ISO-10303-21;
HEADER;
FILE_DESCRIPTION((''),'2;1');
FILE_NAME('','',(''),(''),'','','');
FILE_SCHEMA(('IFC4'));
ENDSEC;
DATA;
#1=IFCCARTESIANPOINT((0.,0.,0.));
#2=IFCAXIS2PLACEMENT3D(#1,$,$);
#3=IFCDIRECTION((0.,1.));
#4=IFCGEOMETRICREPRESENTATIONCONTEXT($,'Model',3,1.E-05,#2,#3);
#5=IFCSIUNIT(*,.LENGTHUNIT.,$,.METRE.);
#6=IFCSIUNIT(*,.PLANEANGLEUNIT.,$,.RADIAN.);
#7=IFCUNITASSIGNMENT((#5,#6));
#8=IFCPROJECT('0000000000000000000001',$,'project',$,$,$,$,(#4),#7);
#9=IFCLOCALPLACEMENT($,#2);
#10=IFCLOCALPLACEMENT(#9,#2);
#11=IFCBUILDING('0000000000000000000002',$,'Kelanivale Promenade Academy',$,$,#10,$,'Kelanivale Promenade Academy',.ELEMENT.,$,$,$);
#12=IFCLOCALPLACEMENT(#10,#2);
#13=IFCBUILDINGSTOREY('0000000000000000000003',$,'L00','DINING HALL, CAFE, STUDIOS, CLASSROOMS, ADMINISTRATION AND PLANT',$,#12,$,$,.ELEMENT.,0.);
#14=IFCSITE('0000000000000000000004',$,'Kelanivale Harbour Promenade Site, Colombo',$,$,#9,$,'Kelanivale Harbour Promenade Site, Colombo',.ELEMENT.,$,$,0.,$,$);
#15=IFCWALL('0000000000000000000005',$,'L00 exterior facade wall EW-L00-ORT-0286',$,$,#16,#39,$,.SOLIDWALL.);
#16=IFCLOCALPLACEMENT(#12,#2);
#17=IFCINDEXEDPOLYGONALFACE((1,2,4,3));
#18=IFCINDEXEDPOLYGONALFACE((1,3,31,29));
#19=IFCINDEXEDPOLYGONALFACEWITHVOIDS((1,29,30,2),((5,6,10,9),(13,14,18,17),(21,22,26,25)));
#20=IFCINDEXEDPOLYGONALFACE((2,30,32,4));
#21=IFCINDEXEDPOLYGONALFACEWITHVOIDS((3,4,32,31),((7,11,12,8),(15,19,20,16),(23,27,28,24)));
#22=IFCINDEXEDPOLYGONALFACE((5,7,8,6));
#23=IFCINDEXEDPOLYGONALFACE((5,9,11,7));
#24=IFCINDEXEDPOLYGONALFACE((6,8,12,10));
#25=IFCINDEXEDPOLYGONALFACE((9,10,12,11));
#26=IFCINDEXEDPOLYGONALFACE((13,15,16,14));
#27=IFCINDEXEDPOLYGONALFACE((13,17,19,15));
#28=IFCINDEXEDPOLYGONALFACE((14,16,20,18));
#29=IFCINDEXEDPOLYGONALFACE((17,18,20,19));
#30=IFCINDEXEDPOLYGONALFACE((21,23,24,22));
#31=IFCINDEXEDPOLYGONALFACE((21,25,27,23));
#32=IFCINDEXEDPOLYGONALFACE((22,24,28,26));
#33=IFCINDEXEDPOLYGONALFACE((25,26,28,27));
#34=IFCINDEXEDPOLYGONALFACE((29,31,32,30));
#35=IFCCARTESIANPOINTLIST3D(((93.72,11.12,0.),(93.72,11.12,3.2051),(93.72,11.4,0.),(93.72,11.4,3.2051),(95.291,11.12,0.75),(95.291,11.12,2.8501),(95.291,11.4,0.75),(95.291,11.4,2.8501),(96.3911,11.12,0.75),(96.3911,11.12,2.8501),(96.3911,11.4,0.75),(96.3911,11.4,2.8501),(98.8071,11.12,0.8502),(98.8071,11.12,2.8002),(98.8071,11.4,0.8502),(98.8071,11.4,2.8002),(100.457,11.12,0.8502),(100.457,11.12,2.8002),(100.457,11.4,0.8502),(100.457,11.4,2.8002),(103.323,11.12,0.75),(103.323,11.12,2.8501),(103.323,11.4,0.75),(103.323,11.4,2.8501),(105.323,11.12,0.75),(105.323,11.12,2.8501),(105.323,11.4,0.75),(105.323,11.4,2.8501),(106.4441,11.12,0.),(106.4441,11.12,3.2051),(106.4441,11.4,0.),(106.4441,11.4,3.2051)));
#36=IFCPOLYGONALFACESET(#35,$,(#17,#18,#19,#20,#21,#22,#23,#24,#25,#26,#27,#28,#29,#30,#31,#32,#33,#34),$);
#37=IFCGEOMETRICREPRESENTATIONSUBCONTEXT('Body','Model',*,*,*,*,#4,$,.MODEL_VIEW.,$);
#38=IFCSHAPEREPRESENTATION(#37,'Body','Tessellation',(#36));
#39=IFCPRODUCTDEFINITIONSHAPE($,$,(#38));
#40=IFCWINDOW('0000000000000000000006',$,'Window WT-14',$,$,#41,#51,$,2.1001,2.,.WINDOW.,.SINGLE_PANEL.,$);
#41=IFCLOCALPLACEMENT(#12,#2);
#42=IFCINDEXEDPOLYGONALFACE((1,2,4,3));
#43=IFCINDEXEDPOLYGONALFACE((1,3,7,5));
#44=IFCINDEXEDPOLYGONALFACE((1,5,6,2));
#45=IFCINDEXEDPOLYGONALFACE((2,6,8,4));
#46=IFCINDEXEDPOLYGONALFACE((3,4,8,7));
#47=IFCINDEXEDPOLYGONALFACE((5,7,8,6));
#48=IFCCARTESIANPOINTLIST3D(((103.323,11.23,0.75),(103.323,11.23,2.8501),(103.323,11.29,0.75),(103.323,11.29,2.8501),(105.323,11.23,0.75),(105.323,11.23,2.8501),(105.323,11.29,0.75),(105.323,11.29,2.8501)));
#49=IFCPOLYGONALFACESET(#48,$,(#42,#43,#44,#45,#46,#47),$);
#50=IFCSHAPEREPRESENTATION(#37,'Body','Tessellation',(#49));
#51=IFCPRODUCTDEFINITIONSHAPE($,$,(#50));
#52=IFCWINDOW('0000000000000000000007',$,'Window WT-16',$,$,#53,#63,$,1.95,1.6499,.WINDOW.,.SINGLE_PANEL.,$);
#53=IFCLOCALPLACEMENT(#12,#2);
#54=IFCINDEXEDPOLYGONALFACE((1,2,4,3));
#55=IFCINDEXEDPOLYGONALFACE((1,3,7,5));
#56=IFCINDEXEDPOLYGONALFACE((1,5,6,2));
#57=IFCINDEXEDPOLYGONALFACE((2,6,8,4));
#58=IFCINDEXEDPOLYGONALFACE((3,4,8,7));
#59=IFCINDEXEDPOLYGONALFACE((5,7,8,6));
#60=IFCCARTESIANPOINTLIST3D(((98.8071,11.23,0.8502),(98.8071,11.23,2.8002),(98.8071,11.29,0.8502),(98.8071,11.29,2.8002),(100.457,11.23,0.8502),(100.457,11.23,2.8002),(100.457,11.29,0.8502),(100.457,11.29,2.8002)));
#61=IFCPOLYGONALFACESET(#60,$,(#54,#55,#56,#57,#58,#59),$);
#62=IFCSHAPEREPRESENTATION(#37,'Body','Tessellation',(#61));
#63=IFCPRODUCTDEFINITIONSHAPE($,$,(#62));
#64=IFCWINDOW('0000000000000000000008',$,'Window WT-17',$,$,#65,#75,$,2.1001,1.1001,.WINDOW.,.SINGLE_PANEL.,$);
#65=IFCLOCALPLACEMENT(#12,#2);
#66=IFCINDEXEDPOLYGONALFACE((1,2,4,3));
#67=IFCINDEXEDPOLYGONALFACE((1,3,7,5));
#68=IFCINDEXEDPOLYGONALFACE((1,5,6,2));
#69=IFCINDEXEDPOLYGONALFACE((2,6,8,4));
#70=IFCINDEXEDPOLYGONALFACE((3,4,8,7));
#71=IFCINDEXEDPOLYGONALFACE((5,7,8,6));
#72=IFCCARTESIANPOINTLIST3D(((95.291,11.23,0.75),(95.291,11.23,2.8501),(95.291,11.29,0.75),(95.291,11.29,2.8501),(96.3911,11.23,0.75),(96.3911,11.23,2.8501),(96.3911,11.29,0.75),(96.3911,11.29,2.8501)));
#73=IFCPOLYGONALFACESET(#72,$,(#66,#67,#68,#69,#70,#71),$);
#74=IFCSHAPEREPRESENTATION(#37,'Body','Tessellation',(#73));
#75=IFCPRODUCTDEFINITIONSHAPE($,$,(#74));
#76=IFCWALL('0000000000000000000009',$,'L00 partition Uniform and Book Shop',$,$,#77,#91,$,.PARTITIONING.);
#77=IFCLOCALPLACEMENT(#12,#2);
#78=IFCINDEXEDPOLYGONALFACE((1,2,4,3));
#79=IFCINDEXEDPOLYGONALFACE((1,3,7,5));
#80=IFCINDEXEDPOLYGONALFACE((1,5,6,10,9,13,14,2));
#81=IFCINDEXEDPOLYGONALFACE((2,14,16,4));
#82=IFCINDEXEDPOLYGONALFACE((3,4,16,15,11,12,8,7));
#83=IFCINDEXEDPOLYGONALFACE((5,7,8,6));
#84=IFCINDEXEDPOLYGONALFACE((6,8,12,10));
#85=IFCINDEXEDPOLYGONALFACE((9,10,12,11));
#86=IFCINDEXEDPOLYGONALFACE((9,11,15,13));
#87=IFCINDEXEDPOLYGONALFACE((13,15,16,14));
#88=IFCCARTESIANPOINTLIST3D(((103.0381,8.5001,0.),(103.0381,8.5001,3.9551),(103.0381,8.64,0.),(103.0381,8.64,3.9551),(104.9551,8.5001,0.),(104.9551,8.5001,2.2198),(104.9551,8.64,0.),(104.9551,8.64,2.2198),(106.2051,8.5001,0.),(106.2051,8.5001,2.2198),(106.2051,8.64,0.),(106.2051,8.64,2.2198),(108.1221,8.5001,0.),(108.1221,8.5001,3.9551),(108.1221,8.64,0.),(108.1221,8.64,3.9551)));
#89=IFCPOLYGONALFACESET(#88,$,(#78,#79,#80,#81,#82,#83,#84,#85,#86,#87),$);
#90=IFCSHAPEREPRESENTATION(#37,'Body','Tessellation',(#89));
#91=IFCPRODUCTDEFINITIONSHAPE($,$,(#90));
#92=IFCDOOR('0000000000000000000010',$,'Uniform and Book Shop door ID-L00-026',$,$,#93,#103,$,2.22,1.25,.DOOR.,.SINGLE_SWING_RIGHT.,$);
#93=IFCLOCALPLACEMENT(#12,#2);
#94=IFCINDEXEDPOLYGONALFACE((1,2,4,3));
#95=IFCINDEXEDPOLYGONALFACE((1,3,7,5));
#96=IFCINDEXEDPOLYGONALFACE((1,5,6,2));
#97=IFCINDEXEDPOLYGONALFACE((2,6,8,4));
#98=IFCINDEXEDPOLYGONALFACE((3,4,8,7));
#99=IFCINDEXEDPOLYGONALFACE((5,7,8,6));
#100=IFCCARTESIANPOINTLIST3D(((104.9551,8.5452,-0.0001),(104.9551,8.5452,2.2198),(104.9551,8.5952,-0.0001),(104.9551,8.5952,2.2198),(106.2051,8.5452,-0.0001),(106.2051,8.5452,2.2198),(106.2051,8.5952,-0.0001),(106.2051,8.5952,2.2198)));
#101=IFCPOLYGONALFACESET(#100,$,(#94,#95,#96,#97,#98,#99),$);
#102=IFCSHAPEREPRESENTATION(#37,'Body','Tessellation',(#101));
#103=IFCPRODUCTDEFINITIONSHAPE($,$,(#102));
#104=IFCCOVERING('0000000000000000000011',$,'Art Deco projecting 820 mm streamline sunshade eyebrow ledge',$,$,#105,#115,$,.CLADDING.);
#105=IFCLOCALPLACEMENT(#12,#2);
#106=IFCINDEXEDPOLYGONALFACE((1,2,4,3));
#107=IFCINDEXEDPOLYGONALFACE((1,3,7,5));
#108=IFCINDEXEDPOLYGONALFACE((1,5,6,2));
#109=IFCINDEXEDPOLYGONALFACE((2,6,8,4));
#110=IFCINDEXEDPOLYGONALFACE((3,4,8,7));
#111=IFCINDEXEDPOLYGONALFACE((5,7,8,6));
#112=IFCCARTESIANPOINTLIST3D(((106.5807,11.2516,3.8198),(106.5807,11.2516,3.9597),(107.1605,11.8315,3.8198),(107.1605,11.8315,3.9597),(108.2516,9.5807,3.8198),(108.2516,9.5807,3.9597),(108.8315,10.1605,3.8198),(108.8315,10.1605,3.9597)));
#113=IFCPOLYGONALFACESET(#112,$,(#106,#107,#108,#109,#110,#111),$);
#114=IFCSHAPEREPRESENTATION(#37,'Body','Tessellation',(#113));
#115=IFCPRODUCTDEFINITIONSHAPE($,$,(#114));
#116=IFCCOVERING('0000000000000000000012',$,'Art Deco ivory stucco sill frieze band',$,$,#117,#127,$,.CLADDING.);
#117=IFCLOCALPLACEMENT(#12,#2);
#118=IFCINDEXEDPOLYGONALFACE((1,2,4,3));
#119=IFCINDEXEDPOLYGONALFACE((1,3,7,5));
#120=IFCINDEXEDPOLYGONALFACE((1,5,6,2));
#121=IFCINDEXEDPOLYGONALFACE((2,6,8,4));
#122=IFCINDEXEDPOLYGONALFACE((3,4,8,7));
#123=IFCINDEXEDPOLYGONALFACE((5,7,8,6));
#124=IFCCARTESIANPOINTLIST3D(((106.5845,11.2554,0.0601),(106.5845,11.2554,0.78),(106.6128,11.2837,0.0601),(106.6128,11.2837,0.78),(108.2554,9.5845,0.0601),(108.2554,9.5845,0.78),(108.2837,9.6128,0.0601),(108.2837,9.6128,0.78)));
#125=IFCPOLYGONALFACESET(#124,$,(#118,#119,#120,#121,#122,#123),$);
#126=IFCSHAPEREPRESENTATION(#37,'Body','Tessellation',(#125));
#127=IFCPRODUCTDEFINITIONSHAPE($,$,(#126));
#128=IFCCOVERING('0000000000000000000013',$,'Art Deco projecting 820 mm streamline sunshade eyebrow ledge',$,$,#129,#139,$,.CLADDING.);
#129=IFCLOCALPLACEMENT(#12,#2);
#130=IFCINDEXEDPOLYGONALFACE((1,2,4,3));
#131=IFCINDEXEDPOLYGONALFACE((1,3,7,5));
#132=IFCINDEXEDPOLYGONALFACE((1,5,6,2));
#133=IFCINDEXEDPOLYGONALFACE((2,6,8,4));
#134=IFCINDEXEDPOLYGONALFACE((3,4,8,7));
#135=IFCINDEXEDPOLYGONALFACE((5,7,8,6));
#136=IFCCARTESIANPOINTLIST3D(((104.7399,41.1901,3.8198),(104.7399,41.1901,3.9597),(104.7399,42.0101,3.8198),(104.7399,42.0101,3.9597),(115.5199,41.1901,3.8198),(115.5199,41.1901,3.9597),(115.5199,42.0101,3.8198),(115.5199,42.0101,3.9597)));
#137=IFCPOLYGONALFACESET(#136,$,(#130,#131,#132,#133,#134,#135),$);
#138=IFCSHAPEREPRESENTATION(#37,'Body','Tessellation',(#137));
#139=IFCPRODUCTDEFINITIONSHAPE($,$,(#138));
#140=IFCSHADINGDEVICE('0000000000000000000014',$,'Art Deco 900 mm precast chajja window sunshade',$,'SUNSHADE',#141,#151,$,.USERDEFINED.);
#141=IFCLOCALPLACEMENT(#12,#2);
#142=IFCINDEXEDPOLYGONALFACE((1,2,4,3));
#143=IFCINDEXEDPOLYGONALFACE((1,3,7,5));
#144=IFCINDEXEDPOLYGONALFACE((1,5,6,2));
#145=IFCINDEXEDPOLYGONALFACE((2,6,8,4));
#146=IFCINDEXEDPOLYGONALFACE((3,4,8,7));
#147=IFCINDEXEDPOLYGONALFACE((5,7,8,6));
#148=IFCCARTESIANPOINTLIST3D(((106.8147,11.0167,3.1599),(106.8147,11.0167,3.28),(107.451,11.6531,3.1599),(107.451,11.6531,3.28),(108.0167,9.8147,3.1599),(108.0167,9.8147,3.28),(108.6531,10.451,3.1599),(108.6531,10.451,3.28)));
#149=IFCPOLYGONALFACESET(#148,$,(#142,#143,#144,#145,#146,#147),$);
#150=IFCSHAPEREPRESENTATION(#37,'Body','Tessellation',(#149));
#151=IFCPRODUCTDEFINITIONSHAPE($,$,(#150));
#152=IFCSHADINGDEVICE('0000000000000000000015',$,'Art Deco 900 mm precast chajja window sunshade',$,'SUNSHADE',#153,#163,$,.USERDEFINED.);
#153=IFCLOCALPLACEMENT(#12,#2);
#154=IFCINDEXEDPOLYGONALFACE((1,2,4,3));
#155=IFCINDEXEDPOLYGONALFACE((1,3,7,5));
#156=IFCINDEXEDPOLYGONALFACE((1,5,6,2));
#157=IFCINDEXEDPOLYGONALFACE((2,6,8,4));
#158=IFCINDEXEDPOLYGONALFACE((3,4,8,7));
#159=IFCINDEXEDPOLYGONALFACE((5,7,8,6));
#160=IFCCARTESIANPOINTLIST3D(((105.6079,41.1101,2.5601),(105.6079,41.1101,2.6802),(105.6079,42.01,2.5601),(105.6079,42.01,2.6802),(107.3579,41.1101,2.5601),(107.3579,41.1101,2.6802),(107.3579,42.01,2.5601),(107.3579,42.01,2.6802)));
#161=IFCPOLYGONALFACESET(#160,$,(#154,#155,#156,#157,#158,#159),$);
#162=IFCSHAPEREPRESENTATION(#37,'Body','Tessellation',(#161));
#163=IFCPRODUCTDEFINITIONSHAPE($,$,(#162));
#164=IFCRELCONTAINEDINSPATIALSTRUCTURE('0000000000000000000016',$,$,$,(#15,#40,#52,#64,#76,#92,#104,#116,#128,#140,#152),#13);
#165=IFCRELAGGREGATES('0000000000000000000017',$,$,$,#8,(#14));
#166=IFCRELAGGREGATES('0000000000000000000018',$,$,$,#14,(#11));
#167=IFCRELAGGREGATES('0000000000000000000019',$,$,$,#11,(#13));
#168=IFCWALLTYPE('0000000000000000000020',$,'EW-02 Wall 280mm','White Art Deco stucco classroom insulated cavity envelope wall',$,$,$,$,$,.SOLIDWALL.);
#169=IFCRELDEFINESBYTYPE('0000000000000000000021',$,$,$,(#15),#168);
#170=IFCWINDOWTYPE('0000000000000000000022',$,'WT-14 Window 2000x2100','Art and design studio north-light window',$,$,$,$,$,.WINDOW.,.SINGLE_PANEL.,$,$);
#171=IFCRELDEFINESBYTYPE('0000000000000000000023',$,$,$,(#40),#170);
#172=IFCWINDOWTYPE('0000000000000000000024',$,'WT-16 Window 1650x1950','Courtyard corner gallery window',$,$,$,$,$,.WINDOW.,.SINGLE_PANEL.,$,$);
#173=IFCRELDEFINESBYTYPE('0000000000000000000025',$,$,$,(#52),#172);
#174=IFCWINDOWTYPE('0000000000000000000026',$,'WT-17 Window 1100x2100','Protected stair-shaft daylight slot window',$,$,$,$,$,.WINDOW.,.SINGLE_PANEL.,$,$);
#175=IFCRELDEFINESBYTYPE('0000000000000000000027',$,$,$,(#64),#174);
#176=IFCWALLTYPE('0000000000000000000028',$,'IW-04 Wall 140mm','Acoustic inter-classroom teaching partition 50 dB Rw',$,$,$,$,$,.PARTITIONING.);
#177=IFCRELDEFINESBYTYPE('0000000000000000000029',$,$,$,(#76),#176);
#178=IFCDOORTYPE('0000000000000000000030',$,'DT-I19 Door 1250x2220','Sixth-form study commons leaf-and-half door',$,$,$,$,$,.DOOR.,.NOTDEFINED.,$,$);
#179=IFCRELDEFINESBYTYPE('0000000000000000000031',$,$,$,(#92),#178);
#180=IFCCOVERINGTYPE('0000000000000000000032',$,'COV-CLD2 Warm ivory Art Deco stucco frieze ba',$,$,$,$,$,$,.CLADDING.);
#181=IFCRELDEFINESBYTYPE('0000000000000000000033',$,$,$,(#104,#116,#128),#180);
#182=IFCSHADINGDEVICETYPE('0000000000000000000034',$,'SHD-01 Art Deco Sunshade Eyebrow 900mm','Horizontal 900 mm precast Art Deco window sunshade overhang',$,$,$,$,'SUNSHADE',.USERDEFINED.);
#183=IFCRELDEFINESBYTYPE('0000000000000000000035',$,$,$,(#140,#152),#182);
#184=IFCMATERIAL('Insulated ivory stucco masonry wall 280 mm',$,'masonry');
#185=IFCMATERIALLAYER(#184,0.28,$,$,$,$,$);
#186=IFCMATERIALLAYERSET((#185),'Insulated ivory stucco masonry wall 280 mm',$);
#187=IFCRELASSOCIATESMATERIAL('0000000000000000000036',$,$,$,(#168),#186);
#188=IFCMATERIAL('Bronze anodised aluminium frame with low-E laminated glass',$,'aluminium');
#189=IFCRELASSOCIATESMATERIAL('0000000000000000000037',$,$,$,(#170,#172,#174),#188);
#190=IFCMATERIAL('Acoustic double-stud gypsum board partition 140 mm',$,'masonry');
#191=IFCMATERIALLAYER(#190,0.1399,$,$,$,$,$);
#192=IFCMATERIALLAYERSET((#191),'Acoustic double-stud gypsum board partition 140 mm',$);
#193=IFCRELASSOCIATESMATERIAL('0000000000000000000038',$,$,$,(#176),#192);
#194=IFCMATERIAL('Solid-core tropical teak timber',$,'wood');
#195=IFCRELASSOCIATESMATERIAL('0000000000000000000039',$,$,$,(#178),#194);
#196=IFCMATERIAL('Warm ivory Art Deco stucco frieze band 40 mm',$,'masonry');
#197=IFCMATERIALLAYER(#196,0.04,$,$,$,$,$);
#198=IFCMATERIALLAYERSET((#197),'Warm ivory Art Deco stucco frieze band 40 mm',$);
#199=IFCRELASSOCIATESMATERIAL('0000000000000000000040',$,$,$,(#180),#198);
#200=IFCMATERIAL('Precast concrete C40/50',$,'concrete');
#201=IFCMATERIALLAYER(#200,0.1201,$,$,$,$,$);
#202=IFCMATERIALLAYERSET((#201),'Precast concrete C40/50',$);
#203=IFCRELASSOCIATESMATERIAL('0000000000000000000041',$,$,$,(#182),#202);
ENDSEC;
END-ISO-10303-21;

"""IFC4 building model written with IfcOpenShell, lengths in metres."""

from ifc_helpers import new_model, si_unit, direction, frame, frame_2d, origin, origin_2d, place, context, subcontext, project, spatial, rectangle, extrude, material, layer, layer_set, type_object, element, fill, save


model = new_model("IFC4")

# Units and contexts
model_context = context("Model", 3, precision=1e-05, world=origin(), true_north=direction((0.0, 1.0)))
body_context = subcontext(model_context, "Body", "Model", "MODEL_VIEW")
ifc_project = project(units=[si_unit("LENGTHUNIT", "METRE"), si_unit("PLANEANGLEUNIT", "RADIAN")], contexts=[model_context])

# Site, building, storey
site_placement = place(None, origin())
site = spatial("IfcSite", under=ifc_project, at=site_placement, Name="Kelanivale Harbour Promenade Site, Colombo", LongName="Kelanivale Harbour Promenade Site, Colombo", CompositionType="ELEMENT", RefElevation=0.0)
building_placement = place(site_placement, origin())
building = spatial("IfcBuilding", under=site, at=building_placement, Name="Kelanivale Promenade Academy", LongName="Kelanivale Promenade Academy", CompositionType="ELEMENT")
storey_placement = place(building_placement, origin())
storey = spatial("IfcBuildingStorey", under=building, at=storey_placement, Name="L00", Description="DINING HALL, CAFE, STUDIOS, CLASSROOMS, ADMINISTRATION AND PLANT", CompositionType="ELEMENT", Elevation=0.0)

# Shared definitions
ifc_material_1 = material(Name="Insulated ivory stucco masonry wall 280 mm", Category="masonry")
ifc_layer_1 = layer(ifc_material_1, 0.28)
ifc_layer_set_1 = layer_set([ifc_layer_1], Name="Insulated ivory stucco masonry wall 280 mm")
wall_type_1 = type_object("IfcWallType", Name="EW-02 Wall 280mm", Description="White Art Deco stucco classroom insulated cavity envelope wall", PredefinedType="SOLIDWALL", material=ifc_layer_set_1)
ifc_material_2 = material(Name="Bronze anodised aluminium frame with low-E laminated glass", Category="aluminium")

# Wall, openings, windows
wall_1_placement = place(storey_placement, frame((106.4441, 11.26, 0.0), z_axis=(0.0, 0.0, 1.0), x_axis=(-1.0, 0.0, 0.0)))
wall_1 = element("IfcWall", 1, at=wall_1_placement, inside=storey, type_object=wall_type_1, Name="L00 exterior facade wall EW-L00-ORT-0286", PredefinedType="SOLIDWALL", context=body_context, shape_type="SweptSolid", body=[
    extrude(rectangle(XDim=12.7241, YDim=0.28, at=frame_2d((6.3621, 0.0))), origin(), (0.0, 0.0, 1.0), 3.2051),
])
opening_1_placement = place(wall_1_placement, frame((1.1211, 0.0, 0.75)))
opening_1 = element("IfcOpeningElement", 2, at=opening_1_placement, cuts=wall_1, PredefinedType="OPENING", context=body_context, shape_type="SweptSolid", body=[
    extrude(rectangle(XDim=2.0, YDim=2.1001, at=frame_2d((1.0, 1.05))), frame((0.0, 0.1499, 0.0), z_axis=(0.0, -1.0, 0.0), x_axis=(1.0, 0.0, 0.0)), (0.0, 0.0, 1.0), 0.3),
])
opening_2_placement = place(wall_1_placement, frame((5.9871, 0.0, 0.8501)))
opening_2 = element("IfcOpeningElement", 3, at=opening_2_placement, cuts=wall_1, PredefinedType="OPENING", context=body_context, shape_type="SweptSolid", body=[
    extrude(rectangle(XDim=1.6499, YDim=1.95, at=frame_2d((0.825, 0.9751))), frame((0.0, 0.1499, 0.0), z_axis=(0.0, -1.0, 0.0), x_axis=(1.0, 0.0, 0.0)), (0.0, 0.0, 1.0), 0.3),
])
opening_3_placement = place(wall_1_placement, frame((10.053, 0.0, 0.75)))
opening_3 = element("IfcOpeningElement", 4, at=opening_3_placement, cuts=wall_1, PredefinedType="OPENING", context=body_context, shape_type="SweptSolid", body=[
    extrude(rectangle(XDim=1.1001, YDim=2.1001, at=frame_2d((0.55, 1.05))), frame((0.0, 0.1499, 0.0), z_axis=(0.0, -1.0, 0.0), x_axis=(1.0, 0.0, 0.0)), (0.0, 0.0, 1.0), 0.3),
])
window_type_1 = type_object("IfcWindowType", Name="WT-14 Window 2000x2100", Description="Art and design studio north-light window", PartitioningType="SINGLE_PANEL", PredefinedType="WINDOW", material=ifc_material_2)
window_1_placement = place(opening_1_placement, origin())
window_1 = element("IfcWindow", 5, at=window_1_placement, inside=storey, type_object=window_type_1, Name="Window WT-14", OverallHeight=2.1001, OverallWidth=2.0, PartitioningType="SINGLE_PANEL", PredefinedType="WINDOW", context=body_context, shape_type="SweptSolid", body=[
    extrude(rectangle(XDim=2.0, YDim=2.1001, at=frame_2d((1.0, 1.05))), frame((0.0, 0.03, 0.0), z_axis=(0.0, -1.0, 0.0), x_axis=(1.0, 0.0, 0.0)), (0.0, 0.0, 1.0), 0.0601),
])
fill(opening_1, window_1)
window_type_2 = type_object("IfcWindowType", Name="WT-16 Window 1650x1950", Description="Courtyard corner gallery window", PartitioningType="SINGLE_PANEL", PredefinedType="WINDOW", material=ifc_material_2)
window_2_placement = place(opening_2_placement, origin())
window_2 = element("IfcWindow", 6, at=window_2_placement, inside=storey, type_object=window_type_2, Name="Window WT-16", OverallHeight=1.95, OverallWidth=1.6499, PartitioningType="SINGLE_PANEL", PredefinedType="WINDOW", context=body_context, shape_type="SweptSolid", body=[
    extrude(rectangle(XDim=1.6499, YDim=1.95, at=frame_2d((0.825, 0.9751))), frame((0.0, 0.03, 0.0), z_axis=(0.0, -1.0, 0.0), x_axis=(1.0, 0.0, 0.0)), (0.0, 0.0, 1.0), 0.0601),
])
fill(opening_2, window_2)
window_type_3 = type_object("IfcWindowType", Name="WT-17 Window 1100x2100", Description="Protected stair-shaft daylight slot window", PartitioningType="SINGLE_PANEL", PredefinedType="WINDOW", material=ifc_material_2)
window_3_placement = place(opening_3_placement, origin())
window_3 = element("IfcWindow", 7, at=window_3_placement, inside=storey, type_object=window_type_3, Name="Window WT-17", OverallHeight=2.1001, OverallWidth=1.1001, PartitioningType="SINGLE_PANEL", PredefinedType="WINDOW", context=body_context, shape_type="SweptSolid", body=[
    extrude(rectangle(XDim=1.1001, YDim=2.1001, at=frame_2d((0.55, 1.05))), frame((0.0, 0.03, 0.0), z_axis=(0.0, -1.0, 0.0), x_axis=(1.0, 0.0, 0.0)), (0.0, 0.0, 1.0), 0.0601),
])
fill(opening_3, window_3)

# Wall, opening, door
ifc_material_3 = material(Name="Acoustic double-stud gypsum board partition 140 mm", Category="masonry")
ifc_layer_2 = layer(ifc_material_3, 0.1399)
ifc_layer_set_2 = layer_set([ifc_layer_2], Name="Acoustic double-stud gypsum board partition 140 mm")
wall_type_2 = type_object("IfcWallType", Name="IW-04 Wall 140mm", Description="Acoustic inter-classroom teaching partition 50 dB Rw", PredefinedType="PARTITIONING", material=ifc_layer_set_2)
wall_2_placement = place(storey_placement, frame((108.1221, 8.5701, 0.0), z_axis=(0.0, 0.0, 1.0), x_axis=(-1.0, 0.0, 0.0)))
wall_2 = element("IfcWall", 8, at=wall_2_placement, inside=storey, type_object=wall_type_2, Name="L00 partition Uniform and Book Shop", PredefinedType="PARTITIONING", context=body_context, shape_type="SweptSolid", body=[
    extrude(rectangle(XDim=5.084, YDim=0.1399, at=frame_2d((2.542, 0.0))), origin(), (0.0, 0.0, 1.0), 3.9551),
])
opening_4_placement = place(wall_2_placement, frame((1.917, 0.0, 0.0)))
opening_4 = element("IfcOpeningElement", 9, at=opening_4_placement, cuts=wall_2, PredefinedType="OPENING", context=body_context, shape_type="SweptSolid", body=[
    extrude(rectangle(XDim=1.25, YDim=2.22, at=frame_2d((0.625, 1.1099))), frame((0.0, 0.0801, 0.0), z_axis=(0.0, -1.0, 0.0), x_axis=(1.0, 0.0, 0.0)), (0.0, 0.0, 1.0), 0.1599),
])
ifc_material_4 = material(Name="Solid-core tropical teak timber", Category="wood")
door_type = type_object("IfcDoorType", Name="DT-I19 Door 1250x2220", Description="Sixth-form study commons leaf-and-half door", OperationType="NOTDEFINED", PredefinedType="DOOR", material=ifc_material_4)
door_placement = place(opening_4_placement, origin())
door = element("IfcDoor", 10, at=door_placement, inside=storey, type_object=door_type, Name="Uniform and Book Shop door ID-L00-026", OperationType="SINGLE_SWING_RIGHT", OverallHeight=2.22, OverallWidth=1.25, PredefinedType="DOOR", context=body_context, shape_type="SweptSolid", body=[
    extrude(rectangle(XDim=1.25, YDim=2.22, at=frame_2d((0.625, 1.1099))), frame((0.0, 0.0249, 0.0), z_axis=(0.0, -1.0, 0.0), x_axis=(1.0, 0.0, 0.0)), (0.0, 0.0, 1.0), 0.05),
])
fill(opening_4, door)

# Coverings
ifc_material_5 = material(Name="Warm ivory Art Deco stucco frieze band 40 mm", Category="masonry")
ifc_layer_3 = layer(ifc_material_5, 0.04)
ifc_layer_set_3 = layer_set([ifc_layer_3], Name="Warm ivory Art Deco stucco frieze band 40 mm")
covering_type = type_object("IfcCoveringType", Name="COV-CLD2 Warm ivory Art Deco stucco frieze ba", PredefinedType="CLADDING", material=ifc_layer_set_3)
covering_1_placement = place(storey_placement, frame((107.7061, 10.7061, 3.8198), z_axis=(0.0, 0.0, 1.0), x_axis=(-0.707107, 0.707107, 0.0)))
element("IfcCovering", 11, at=covering_1_placement, inside=storey, type_object=covering_type, Name="Art Deco projecting 820 mm streamline sunshade eyebrow ledge", PredefinedType="CLADDING", context=body_context, shape_type="SweptSolid", body=[
    extrude(rectangle(XDim=2.363, YDim=0.8201, at=origin_2d()), origin(), (0.0, 0.0, 1.0), 0.1399),
])
covering_2_placement = place(storey_placement, frame((107.4341, 10.4341, 0.0601), z_axis=(0.0, 0.0, 1.0), x_axis=(-0.707107, 0.707107, 0.0)))
element("IfcCovering", 12, at=covering_2_placement, inside=storey, type_object=covering_type, Name="Art Deco ivory stucco sill frieze band", PredefinedType="CLADDING", context=body_context, shape_type="SweptSolid", body=[
    extrude(rectangle(XDim=2.363, YDim=0.04, at=origin_2d()), origin(), (0.0, 0.0, 1.0), 0.72),
])
covering_3_placement = place(storey_placement, frame((110.1299, 41.6001, 3.8198), z_axis=(0.0, 0.0, 1.0), x_axis=(1.0, 0.0, 0.0)))
element("IfcCovering", 13, at=covering_3_placement, inside=storey, type_object=covering_type, Name="Art Deco projecting 820 mm streamline sunshade eyebrow ledge", PredefinedType="CLADDING", context=body_context, shape_type="SweptSolid", body=[
    extrude(rectangle(XDim=10.78, YDim=0.8201, at=origin_2d()), origin(), (0.0, 0.0, 1.0), 0.1399),
])

# Shading devices
ifc_material_6 = material(Name="Precast concrete C40/50", Category="concrete")
ifc_layer_4 = layer(ifc_material_6, 0.1201)
ifc_layer_set_4 = layer_set([ifc_layer_4], Name="Precast concrete C40/50")
shading_device_type = type_object("IfcShadingDeviceType", Name="SHD-01 Art Deco Sunshade Eyebrow 900mm", Description="Horizontal 900 mm precast Art Deco window sunshade overhang", ElementType="SUNSHADE", PredefinedType="USERDEFINED", material=ifc_layer_set_4)
shading_device_1_placement = place(storey_placement, frame((107.7339, 10.7339, 3.1599), z_axis=(0.0, 0.0, 1.0), x_axis=(-0.707107, 0.707107, 0.0)))
element("IfcShadingDevice", 14, at=shading_device_1_placement, inside=storey, type_object=shading_device_type, Name="Art Deco 900 mm precast chajja window sunshade", ObjectType="SUNSHADE", PredefinedType="USERDEFINED", context=body_context, shape_type="SweptSolid", body=[
    extrude(rectangle(XDim=1.7, YDim=0.8999, at=origin_2d()), origin(), (0.0, 0.0, 1.0), 0.1201),
])
shading_device_2_placement = place(storey_placement, frame((106.4829, 41.5601, 2.5601), z_axis=(0.0, 0.0, 1.0), x_axis=(1.0, 0.0, 0.0)))
element("IfcShadingDevice", 15, at=shading_device_2_placement, inside=storey, type_object=shading_device_type, Name="Art Deco 900 mm precast chajja window sunshade", ObjectType="SUNSHADE", PredefinedType="USERDEFINED", context=body_context, shape_type="SweptSolid", body=[
    extrude(rectangle(XDim=1.75, YDim=0.8999, at=origin_2d()), origin(), (0.0, 0.0, 1.0), 0.1201),
])

save(model, "model.ifc")
